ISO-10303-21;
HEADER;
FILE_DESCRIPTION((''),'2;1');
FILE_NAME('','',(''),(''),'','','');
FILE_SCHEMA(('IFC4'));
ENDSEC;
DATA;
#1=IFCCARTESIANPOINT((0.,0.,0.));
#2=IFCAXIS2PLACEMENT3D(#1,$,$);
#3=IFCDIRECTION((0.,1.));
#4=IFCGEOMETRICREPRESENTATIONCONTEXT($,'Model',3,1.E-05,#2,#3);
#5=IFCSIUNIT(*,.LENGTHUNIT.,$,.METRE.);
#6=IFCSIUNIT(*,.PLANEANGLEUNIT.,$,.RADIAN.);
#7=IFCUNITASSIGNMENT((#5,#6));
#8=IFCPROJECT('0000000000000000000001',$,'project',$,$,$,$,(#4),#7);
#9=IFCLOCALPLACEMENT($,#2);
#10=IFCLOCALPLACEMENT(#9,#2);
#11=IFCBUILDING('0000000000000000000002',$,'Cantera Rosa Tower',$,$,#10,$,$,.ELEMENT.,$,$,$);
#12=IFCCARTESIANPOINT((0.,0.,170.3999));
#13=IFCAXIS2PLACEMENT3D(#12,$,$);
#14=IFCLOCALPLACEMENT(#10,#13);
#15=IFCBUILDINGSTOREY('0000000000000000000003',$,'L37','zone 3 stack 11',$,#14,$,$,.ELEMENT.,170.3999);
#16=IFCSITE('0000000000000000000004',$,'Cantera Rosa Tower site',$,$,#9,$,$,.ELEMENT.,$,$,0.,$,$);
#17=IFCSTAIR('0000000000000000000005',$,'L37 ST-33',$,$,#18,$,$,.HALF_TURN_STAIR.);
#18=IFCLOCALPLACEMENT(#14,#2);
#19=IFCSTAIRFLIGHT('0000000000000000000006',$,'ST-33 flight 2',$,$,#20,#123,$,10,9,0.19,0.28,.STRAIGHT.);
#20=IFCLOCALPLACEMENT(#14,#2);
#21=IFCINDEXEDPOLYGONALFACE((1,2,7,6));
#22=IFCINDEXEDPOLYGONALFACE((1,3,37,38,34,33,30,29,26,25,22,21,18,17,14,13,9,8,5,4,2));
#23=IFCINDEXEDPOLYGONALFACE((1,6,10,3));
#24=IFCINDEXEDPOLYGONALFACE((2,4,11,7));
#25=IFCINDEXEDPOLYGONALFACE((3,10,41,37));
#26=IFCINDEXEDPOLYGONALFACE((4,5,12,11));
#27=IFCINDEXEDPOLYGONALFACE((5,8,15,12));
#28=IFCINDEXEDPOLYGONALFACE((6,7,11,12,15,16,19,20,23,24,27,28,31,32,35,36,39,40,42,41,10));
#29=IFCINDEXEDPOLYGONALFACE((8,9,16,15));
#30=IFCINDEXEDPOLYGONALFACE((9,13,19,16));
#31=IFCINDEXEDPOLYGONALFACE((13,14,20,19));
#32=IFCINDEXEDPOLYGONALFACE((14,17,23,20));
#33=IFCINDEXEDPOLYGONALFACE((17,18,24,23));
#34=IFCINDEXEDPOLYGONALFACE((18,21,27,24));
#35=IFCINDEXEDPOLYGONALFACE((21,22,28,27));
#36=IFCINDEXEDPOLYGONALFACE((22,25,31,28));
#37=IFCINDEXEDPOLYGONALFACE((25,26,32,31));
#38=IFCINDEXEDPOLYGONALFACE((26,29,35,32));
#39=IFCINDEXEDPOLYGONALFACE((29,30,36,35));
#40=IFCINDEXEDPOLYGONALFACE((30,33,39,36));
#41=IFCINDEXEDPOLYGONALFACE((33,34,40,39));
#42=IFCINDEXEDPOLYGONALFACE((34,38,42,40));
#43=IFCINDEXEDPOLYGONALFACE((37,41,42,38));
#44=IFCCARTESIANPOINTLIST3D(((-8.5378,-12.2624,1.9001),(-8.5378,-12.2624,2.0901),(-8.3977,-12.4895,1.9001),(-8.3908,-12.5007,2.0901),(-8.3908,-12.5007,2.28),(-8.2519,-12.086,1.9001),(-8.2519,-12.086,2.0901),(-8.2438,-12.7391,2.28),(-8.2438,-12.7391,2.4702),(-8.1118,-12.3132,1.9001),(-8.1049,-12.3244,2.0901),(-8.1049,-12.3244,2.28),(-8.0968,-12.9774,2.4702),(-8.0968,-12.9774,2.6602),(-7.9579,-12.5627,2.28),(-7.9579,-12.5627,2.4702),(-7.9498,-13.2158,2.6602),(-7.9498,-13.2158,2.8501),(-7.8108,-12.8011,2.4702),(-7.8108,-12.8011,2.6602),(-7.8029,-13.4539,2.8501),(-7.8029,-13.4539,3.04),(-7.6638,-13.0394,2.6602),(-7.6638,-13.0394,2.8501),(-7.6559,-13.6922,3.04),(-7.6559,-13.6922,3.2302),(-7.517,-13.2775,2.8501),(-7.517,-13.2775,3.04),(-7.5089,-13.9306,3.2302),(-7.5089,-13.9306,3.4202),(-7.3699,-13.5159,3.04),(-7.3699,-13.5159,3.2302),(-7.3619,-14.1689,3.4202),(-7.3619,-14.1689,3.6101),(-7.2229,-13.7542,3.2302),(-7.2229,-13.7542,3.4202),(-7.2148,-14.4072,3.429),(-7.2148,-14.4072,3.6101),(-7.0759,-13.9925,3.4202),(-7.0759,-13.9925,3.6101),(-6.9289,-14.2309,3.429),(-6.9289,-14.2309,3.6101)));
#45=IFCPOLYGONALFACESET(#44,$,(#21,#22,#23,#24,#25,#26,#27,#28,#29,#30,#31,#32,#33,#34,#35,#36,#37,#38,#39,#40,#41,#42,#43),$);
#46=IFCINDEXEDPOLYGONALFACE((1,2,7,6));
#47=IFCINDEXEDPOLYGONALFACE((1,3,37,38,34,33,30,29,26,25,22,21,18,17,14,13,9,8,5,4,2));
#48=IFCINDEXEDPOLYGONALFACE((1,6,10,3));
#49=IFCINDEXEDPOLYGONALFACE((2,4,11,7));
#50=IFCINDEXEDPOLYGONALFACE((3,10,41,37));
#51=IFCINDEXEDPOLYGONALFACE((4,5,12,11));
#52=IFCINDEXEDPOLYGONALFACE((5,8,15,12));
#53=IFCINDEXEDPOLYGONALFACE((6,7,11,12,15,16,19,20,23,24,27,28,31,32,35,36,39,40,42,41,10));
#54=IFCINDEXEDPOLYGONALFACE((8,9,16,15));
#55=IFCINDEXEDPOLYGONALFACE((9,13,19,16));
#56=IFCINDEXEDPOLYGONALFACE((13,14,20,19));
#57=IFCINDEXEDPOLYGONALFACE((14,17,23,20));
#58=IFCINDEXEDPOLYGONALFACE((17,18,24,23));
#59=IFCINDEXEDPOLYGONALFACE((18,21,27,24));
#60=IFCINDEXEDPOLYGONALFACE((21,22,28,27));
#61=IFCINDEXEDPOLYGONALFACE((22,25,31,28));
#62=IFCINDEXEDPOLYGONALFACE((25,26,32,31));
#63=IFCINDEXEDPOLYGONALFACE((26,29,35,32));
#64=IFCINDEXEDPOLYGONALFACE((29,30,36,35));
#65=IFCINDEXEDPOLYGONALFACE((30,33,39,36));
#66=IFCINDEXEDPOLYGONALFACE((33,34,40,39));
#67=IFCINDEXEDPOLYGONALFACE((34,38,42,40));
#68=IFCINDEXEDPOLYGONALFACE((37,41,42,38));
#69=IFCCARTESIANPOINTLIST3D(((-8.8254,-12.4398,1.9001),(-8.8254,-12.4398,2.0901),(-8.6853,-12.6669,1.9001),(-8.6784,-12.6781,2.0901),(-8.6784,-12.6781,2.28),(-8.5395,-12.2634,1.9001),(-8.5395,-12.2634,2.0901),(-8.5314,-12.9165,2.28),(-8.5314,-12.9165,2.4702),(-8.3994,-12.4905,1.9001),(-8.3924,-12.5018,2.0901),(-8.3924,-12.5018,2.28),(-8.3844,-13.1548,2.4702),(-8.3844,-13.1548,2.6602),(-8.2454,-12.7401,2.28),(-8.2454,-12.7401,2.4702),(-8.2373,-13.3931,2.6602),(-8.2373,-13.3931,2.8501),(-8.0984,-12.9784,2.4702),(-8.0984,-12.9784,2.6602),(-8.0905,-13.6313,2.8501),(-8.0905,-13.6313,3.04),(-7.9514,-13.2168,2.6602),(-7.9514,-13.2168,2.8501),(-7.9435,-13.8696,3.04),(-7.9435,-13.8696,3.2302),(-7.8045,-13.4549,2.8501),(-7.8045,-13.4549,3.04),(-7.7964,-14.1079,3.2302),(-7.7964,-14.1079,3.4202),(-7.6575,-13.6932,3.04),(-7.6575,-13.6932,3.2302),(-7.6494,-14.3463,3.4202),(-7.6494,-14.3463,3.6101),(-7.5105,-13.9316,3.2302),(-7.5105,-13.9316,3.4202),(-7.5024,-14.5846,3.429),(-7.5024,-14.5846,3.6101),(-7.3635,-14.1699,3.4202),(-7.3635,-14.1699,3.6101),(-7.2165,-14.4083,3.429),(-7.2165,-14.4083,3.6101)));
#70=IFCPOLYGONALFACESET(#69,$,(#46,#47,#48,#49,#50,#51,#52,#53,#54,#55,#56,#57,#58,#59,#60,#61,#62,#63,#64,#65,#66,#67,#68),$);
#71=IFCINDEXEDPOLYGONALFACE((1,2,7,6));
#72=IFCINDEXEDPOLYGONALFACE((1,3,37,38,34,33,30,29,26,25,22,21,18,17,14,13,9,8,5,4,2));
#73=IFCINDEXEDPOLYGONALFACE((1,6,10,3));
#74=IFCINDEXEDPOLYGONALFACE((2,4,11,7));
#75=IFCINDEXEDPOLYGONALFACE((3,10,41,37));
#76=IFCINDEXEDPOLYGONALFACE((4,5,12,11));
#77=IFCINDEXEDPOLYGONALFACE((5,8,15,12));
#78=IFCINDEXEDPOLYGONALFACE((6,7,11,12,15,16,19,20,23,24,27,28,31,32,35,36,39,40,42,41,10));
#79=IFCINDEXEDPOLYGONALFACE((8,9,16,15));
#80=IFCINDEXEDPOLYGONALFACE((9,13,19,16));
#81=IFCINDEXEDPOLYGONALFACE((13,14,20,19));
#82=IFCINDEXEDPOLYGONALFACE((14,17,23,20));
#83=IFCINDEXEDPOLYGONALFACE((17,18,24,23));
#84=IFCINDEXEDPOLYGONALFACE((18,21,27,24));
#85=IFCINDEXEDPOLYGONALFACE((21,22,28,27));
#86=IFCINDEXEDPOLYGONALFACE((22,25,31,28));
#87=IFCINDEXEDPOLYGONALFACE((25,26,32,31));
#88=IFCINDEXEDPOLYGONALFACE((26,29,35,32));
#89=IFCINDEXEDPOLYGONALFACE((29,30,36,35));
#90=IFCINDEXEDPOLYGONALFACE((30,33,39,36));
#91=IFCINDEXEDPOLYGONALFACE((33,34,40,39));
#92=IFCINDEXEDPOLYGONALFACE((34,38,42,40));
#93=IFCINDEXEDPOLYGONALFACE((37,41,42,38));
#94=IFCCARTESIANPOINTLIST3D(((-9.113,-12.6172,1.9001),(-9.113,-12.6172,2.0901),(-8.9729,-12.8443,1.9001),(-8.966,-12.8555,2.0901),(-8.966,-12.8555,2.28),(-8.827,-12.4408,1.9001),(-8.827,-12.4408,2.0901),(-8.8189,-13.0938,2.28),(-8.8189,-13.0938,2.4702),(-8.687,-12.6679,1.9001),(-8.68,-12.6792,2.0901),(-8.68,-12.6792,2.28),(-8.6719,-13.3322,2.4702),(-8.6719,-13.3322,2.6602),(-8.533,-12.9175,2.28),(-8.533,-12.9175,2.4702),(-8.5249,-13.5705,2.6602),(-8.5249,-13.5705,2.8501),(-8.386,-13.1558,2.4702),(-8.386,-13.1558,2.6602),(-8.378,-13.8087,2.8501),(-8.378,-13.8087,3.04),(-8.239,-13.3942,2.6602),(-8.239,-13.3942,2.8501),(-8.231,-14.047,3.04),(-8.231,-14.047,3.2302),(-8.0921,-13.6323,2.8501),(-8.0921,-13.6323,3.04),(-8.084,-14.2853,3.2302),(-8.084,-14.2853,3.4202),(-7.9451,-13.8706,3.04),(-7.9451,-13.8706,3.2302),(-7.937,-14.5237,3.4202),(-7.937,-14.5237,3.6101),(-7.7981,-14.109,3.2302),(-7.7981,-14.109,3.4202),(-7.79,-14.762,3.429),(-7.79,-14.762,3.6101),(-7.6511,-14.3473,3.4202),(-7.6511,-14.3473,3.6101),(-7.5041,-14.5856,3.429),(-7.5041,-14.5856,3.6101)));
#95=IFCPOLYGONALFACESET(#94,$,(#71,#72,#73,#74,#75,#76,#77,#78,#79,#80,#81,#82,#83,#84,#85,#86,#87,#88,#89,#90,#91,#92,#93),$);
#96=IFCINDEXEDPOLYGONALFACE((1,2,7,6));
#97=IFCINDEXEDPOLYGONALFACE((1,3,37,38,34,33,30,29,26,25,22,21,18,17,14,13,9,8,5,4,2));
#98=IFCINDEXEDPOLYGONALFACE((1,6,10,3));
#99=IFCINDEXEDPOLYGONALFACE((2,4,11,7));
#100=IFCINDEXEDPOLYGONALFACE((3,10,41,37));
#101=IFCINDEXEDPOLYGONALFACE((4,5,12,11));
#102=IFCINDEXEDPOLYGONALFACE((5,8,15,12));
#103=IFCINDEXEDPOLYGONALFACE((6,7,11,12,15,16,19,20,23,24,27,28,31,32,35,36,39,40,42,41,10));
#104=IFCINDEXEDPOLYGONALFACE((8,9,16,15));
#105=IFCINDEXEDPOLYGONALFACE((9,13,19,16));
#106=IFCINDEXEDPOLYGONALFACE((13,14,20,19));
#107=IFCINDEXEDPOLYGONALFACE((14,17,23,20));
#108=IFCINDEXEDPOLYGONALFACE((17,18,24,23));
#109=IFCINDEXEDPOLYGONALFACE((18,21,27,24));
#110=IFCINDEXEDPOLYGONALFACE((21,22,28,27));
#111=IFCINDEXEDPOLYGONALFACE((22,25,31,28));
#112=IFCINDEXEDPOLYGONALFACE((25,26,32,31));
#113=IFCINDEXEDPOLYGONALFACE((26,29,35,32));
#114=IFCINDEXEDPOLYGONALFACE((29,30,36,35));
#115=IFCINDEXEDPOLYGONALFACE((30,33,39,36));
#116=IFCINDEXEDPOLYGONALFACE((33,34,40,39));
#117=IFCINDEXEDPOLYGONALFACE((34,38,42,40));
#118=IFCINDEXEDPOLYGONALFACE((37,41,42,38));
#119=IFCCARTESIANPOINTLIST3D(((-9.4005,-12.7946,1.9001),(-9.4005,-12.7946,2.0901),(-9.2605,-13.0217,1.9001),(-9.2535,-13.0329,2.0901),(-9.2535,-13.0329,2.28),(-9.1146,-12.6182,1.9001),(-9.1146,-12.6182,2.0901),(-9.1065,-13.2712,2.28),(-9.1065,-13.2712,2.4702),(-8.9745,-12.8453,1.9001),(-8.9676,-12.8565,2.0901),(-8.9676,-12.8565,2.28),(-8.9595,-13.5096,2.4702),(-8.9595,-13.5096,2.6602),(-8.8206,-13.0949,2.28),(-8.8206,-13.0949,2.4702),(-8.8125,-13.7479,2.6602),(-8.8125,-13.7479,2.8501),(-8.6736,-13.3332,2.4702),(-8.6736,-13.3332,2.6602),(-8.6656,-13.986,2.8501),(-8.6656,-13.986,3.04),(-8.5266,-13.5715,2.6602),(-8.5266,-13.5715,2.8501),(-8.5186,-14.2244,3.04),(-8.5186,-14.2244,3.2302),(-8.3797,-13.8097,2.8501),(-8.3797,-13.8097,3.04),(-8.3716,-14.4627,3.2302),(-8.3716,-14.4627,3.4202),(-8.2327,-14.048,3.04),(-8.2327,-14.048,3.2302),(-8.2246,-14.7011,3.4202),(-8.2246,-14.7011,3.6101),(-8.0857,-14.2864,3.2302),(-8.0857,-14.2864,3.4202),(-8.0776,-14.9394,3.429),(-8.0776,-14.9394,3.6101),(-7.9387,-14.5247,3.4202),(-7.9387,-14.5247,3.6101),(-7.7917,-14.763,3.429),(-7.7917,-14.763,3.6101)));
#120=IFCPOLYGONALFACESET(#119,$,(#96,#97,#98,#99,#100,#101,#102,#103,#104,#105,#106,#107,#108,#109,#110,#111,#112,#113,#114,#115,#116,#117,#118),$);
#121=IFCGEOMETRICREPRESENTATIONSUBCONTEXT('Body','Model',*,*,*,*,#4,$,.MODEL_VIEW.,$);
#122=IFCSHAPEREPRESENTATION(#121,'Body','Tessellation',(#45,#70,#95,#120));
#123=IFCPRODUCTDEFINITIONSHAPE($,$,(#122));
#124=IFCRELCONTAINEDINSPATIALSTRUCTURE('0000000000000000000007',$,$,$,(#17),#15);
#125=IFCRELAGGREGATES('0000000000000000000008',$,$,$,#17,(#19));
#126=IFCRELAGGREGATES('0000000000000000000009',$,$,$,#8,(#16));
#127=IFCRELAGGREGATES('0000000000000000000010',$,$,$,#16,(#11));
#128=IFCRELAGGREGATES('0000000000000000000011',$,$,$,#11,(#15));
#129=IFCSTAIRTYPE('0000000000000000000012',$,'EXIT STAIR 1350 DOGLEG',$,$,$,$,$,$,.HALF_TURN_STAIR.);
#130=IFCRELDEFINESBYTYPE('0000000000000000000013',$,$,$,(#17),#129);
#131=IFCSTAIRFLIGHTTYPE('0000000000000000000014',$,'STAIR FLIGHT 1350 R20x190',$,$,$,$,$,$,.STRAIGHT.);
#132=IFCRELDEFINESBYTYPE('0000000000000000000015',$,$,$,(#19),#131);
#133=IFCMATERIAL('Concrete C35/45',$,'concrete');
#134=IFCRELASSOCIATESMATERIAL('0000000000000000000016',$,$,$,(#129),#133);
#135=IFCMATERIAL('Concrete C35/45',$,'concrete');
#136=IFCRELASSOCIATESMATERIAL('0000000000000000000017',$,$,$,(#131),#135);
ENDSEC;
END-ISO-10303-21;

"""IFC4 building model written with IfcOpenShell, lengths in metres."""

from ifc_helpers import new_model, si_unit, direction, frame, origin, place, context, subcontext, project, spatial, polyline, outline, extrude, material, type_object, element, aggregate, save


model = new_model("IFC4")

# Units and contexts
model_context = context("Model", 3, precision=1e-05, world=origin(), true_north=direction((0.0, 1.0)))
body_context = subcontext(model_context, "Body", "Model", "MODEL_VIEW")
ifc_project = project(units=[si_unit("LENGTHUNIT", "METRE"), si_unit("PLANEANGLEUNIT", "RADIAN")], contexts=[model_context])

# Site, building, storey
site_placement = place(None, origin())
site = spatial("IfcSite", under=ifc_project, at=site_placement, Name="Cantera Rosa Tower site", CompositionType="ELEMENT", RefElevation=0.0)
building_placement = place(site_placement, origin())
building = spatial("IfcBuilding", under=site, at=building_placement, Name="Cantera Rosa Tower", CompositionType="ELEMENT")
storey_placement = place(building_placement, frame((0.0, 0.0, 170.3999)))
storey = spatial("IfcBuildingStorey", under=building, at=storey_placement, Name="L37", Description="zone 3 stack 11", CompositionType="ELEMENT", Elevation=170.3999)

# Shared definitions
ifc_material_1 = material(Name="Concrete C35/45", Category="concrete")
stair_type = type_object("IfcStairType", Name="EXIT STAIR 1350 DOGLEG", PredefinedType="HALF_TURN_STAIR", material=ifc_material_1)
ifc_material_2 = material(Name="Concrete C35/45", Category="concrete")
stair_flight_type = type_object("IfcStairFlightType", Name="STAIR FLIGHT 1350 R20x190", PredefinedType="STRAIGHT", material=ifc_material_2)

# Stair, stair flight
stair_1_placement = place(storey_placement, origin())
stair_1 = element("IfcStair", 1, at=stair_1_placement, inside=storey, type_object=stair_type, Name="L37 ST-33", PredefinedType="HALF_TURN_STAIR")
stair_flight_1_placement = place(storey_placement, frame((-8.8264, -12.4404, 1.9001), z_axis=(0.0, 0.0, 1.0), x_axis=(0.524977, -0.851117, 0.0)))
stair_flight_1 = element("IfcStairFlight", 2, at=stair_flight_1_placement, type_object=stair_flight_type, Name="ST-33 flight 2", NumberOfRisers=10, NumberOfTreads=9, PredefinedType="STRAIGHT", RiserHeight=0.19, TreadLength=0.28, context=body_context, shape_type="SweptSolid", body=[
    extrude(outline(polyline([(0.0, 0.0), (0.0, 0.1899), (0.28, 0.1899), (0.28, 0.3799), (0.5601, 0.3799), (0.5601, 0.5701), (0.8401, 0.5701), (0.8401, 0.76), (1.1201, 0.76), (1.1201, 0.95), (1.3999, 0.95), (1.3999, 1.1399), (1.6799, 1.1399), (1.6799, 1.3301), (1.96, 1.3301), (1.96, 1.52), (2.24, 1.52), (2.24, 1.71), (2.52, 1.71), (2.52, 1.8999), (2.52, 1.5288), (0.2668, 0.0), (0.0, 0.0)])), frame((0.0, 0.675, 0.0), z_axis=(0.0, -1.0, 0.0), x_axis=(1.0, 0.0, 0.0)), (0.0, 0.0, 1.0), 0.3359),
    extrude(outline(polyline([(0.0, 0.0), (0.0, 0.1899), (0.28, 0.1899), (0.28, 0.3799), (0.5601, 0.3799), (0.5601, 0.5701), (0.8401, 0.5701), (0.8401, 0.76), (1.1201, 0.76), (1.1201, 0.95), (1.3999, 0.95), (1.3999, 1.1399), (1.6799, 1.1399), (1.6799, 1.3301), (1.96, 1.3301), (1.96, 1.52), (2.24, 1.52), (2.24, 1.71), (2.52, 1.71), (2.52, 1.8999), (2.52, 1.5288), (0.2668, 0.0), (0.0, 0.0)])), frame((0.0, 0.3372, 0.0), z_axis=(0.0, -1.0, 0.0), x_axis=(1.0, 0.0, 0.0)), (0.0, 0.0, 1.0), 0.3359),
    extrude(outline(polyline([(0.0, 0.0), (0.0, 0.1899), (0.28, 0.1899), (0.28, 0.3799), (0.5601, 0.3799), (0.5601, 0.5701), (0.8401, 0.5701), (0.8401, 0.76), (1.1201, 0.76), (1.1201, 0.95), (1.3999, 0.95), (1.3999, 1.1399), (1.6799, 1.1399), (1.6799, 1.3301), (1.96, 1.3301), (1.96, 1.52), (2.24, 1.52), (2.24, 1.71), (2.52, 1.71), (2.52, 1.8999), (2.52, 1.5288), (0.2668, 0.0), (0.0, 0.0)])), frame((0.0, -0.0007, 0.0), z_axis=(0.0, -1.0, 0.0), x_axis=(1.0, 0.0, 0.0)), (0.0, 0.0, 1.0), 0.3359),
    extrude(outline(polyline([(0.0, 0.0), (0.0, 0.1899), (0.28, 0.1899), (0.28, 0.3799), (0.5601, 0.3799), (0.5601, 0.5701), (0.8401, 0.5701), (0.8401, 0.76), (1.1201, 0.76), (1.1201, 0.95), (1.3999, 0.95), (1.3999, 1.1399), (1.6799, 1.1399), (1.6799, 1.3301), (1.96, 1.3301), (1.96, 1.52), (2.24, 1.52), (2.24, 1.71), (2.52, 1.71), (2.52, 1.8999), (2.52, 1.5288), (0.2668, 0.0), (0.0, 0.0)])), frame((0.0, -0.3386, 0.0), z_axis=(0.0, -1.0, 0.0), x_axis=(1.0, 0.0, 0.0)), (0.0, 0.0, 1.0), 0.3359),
])
aggregate(stair_1, [stair_flight_1])

save(model, "model.ifc")
